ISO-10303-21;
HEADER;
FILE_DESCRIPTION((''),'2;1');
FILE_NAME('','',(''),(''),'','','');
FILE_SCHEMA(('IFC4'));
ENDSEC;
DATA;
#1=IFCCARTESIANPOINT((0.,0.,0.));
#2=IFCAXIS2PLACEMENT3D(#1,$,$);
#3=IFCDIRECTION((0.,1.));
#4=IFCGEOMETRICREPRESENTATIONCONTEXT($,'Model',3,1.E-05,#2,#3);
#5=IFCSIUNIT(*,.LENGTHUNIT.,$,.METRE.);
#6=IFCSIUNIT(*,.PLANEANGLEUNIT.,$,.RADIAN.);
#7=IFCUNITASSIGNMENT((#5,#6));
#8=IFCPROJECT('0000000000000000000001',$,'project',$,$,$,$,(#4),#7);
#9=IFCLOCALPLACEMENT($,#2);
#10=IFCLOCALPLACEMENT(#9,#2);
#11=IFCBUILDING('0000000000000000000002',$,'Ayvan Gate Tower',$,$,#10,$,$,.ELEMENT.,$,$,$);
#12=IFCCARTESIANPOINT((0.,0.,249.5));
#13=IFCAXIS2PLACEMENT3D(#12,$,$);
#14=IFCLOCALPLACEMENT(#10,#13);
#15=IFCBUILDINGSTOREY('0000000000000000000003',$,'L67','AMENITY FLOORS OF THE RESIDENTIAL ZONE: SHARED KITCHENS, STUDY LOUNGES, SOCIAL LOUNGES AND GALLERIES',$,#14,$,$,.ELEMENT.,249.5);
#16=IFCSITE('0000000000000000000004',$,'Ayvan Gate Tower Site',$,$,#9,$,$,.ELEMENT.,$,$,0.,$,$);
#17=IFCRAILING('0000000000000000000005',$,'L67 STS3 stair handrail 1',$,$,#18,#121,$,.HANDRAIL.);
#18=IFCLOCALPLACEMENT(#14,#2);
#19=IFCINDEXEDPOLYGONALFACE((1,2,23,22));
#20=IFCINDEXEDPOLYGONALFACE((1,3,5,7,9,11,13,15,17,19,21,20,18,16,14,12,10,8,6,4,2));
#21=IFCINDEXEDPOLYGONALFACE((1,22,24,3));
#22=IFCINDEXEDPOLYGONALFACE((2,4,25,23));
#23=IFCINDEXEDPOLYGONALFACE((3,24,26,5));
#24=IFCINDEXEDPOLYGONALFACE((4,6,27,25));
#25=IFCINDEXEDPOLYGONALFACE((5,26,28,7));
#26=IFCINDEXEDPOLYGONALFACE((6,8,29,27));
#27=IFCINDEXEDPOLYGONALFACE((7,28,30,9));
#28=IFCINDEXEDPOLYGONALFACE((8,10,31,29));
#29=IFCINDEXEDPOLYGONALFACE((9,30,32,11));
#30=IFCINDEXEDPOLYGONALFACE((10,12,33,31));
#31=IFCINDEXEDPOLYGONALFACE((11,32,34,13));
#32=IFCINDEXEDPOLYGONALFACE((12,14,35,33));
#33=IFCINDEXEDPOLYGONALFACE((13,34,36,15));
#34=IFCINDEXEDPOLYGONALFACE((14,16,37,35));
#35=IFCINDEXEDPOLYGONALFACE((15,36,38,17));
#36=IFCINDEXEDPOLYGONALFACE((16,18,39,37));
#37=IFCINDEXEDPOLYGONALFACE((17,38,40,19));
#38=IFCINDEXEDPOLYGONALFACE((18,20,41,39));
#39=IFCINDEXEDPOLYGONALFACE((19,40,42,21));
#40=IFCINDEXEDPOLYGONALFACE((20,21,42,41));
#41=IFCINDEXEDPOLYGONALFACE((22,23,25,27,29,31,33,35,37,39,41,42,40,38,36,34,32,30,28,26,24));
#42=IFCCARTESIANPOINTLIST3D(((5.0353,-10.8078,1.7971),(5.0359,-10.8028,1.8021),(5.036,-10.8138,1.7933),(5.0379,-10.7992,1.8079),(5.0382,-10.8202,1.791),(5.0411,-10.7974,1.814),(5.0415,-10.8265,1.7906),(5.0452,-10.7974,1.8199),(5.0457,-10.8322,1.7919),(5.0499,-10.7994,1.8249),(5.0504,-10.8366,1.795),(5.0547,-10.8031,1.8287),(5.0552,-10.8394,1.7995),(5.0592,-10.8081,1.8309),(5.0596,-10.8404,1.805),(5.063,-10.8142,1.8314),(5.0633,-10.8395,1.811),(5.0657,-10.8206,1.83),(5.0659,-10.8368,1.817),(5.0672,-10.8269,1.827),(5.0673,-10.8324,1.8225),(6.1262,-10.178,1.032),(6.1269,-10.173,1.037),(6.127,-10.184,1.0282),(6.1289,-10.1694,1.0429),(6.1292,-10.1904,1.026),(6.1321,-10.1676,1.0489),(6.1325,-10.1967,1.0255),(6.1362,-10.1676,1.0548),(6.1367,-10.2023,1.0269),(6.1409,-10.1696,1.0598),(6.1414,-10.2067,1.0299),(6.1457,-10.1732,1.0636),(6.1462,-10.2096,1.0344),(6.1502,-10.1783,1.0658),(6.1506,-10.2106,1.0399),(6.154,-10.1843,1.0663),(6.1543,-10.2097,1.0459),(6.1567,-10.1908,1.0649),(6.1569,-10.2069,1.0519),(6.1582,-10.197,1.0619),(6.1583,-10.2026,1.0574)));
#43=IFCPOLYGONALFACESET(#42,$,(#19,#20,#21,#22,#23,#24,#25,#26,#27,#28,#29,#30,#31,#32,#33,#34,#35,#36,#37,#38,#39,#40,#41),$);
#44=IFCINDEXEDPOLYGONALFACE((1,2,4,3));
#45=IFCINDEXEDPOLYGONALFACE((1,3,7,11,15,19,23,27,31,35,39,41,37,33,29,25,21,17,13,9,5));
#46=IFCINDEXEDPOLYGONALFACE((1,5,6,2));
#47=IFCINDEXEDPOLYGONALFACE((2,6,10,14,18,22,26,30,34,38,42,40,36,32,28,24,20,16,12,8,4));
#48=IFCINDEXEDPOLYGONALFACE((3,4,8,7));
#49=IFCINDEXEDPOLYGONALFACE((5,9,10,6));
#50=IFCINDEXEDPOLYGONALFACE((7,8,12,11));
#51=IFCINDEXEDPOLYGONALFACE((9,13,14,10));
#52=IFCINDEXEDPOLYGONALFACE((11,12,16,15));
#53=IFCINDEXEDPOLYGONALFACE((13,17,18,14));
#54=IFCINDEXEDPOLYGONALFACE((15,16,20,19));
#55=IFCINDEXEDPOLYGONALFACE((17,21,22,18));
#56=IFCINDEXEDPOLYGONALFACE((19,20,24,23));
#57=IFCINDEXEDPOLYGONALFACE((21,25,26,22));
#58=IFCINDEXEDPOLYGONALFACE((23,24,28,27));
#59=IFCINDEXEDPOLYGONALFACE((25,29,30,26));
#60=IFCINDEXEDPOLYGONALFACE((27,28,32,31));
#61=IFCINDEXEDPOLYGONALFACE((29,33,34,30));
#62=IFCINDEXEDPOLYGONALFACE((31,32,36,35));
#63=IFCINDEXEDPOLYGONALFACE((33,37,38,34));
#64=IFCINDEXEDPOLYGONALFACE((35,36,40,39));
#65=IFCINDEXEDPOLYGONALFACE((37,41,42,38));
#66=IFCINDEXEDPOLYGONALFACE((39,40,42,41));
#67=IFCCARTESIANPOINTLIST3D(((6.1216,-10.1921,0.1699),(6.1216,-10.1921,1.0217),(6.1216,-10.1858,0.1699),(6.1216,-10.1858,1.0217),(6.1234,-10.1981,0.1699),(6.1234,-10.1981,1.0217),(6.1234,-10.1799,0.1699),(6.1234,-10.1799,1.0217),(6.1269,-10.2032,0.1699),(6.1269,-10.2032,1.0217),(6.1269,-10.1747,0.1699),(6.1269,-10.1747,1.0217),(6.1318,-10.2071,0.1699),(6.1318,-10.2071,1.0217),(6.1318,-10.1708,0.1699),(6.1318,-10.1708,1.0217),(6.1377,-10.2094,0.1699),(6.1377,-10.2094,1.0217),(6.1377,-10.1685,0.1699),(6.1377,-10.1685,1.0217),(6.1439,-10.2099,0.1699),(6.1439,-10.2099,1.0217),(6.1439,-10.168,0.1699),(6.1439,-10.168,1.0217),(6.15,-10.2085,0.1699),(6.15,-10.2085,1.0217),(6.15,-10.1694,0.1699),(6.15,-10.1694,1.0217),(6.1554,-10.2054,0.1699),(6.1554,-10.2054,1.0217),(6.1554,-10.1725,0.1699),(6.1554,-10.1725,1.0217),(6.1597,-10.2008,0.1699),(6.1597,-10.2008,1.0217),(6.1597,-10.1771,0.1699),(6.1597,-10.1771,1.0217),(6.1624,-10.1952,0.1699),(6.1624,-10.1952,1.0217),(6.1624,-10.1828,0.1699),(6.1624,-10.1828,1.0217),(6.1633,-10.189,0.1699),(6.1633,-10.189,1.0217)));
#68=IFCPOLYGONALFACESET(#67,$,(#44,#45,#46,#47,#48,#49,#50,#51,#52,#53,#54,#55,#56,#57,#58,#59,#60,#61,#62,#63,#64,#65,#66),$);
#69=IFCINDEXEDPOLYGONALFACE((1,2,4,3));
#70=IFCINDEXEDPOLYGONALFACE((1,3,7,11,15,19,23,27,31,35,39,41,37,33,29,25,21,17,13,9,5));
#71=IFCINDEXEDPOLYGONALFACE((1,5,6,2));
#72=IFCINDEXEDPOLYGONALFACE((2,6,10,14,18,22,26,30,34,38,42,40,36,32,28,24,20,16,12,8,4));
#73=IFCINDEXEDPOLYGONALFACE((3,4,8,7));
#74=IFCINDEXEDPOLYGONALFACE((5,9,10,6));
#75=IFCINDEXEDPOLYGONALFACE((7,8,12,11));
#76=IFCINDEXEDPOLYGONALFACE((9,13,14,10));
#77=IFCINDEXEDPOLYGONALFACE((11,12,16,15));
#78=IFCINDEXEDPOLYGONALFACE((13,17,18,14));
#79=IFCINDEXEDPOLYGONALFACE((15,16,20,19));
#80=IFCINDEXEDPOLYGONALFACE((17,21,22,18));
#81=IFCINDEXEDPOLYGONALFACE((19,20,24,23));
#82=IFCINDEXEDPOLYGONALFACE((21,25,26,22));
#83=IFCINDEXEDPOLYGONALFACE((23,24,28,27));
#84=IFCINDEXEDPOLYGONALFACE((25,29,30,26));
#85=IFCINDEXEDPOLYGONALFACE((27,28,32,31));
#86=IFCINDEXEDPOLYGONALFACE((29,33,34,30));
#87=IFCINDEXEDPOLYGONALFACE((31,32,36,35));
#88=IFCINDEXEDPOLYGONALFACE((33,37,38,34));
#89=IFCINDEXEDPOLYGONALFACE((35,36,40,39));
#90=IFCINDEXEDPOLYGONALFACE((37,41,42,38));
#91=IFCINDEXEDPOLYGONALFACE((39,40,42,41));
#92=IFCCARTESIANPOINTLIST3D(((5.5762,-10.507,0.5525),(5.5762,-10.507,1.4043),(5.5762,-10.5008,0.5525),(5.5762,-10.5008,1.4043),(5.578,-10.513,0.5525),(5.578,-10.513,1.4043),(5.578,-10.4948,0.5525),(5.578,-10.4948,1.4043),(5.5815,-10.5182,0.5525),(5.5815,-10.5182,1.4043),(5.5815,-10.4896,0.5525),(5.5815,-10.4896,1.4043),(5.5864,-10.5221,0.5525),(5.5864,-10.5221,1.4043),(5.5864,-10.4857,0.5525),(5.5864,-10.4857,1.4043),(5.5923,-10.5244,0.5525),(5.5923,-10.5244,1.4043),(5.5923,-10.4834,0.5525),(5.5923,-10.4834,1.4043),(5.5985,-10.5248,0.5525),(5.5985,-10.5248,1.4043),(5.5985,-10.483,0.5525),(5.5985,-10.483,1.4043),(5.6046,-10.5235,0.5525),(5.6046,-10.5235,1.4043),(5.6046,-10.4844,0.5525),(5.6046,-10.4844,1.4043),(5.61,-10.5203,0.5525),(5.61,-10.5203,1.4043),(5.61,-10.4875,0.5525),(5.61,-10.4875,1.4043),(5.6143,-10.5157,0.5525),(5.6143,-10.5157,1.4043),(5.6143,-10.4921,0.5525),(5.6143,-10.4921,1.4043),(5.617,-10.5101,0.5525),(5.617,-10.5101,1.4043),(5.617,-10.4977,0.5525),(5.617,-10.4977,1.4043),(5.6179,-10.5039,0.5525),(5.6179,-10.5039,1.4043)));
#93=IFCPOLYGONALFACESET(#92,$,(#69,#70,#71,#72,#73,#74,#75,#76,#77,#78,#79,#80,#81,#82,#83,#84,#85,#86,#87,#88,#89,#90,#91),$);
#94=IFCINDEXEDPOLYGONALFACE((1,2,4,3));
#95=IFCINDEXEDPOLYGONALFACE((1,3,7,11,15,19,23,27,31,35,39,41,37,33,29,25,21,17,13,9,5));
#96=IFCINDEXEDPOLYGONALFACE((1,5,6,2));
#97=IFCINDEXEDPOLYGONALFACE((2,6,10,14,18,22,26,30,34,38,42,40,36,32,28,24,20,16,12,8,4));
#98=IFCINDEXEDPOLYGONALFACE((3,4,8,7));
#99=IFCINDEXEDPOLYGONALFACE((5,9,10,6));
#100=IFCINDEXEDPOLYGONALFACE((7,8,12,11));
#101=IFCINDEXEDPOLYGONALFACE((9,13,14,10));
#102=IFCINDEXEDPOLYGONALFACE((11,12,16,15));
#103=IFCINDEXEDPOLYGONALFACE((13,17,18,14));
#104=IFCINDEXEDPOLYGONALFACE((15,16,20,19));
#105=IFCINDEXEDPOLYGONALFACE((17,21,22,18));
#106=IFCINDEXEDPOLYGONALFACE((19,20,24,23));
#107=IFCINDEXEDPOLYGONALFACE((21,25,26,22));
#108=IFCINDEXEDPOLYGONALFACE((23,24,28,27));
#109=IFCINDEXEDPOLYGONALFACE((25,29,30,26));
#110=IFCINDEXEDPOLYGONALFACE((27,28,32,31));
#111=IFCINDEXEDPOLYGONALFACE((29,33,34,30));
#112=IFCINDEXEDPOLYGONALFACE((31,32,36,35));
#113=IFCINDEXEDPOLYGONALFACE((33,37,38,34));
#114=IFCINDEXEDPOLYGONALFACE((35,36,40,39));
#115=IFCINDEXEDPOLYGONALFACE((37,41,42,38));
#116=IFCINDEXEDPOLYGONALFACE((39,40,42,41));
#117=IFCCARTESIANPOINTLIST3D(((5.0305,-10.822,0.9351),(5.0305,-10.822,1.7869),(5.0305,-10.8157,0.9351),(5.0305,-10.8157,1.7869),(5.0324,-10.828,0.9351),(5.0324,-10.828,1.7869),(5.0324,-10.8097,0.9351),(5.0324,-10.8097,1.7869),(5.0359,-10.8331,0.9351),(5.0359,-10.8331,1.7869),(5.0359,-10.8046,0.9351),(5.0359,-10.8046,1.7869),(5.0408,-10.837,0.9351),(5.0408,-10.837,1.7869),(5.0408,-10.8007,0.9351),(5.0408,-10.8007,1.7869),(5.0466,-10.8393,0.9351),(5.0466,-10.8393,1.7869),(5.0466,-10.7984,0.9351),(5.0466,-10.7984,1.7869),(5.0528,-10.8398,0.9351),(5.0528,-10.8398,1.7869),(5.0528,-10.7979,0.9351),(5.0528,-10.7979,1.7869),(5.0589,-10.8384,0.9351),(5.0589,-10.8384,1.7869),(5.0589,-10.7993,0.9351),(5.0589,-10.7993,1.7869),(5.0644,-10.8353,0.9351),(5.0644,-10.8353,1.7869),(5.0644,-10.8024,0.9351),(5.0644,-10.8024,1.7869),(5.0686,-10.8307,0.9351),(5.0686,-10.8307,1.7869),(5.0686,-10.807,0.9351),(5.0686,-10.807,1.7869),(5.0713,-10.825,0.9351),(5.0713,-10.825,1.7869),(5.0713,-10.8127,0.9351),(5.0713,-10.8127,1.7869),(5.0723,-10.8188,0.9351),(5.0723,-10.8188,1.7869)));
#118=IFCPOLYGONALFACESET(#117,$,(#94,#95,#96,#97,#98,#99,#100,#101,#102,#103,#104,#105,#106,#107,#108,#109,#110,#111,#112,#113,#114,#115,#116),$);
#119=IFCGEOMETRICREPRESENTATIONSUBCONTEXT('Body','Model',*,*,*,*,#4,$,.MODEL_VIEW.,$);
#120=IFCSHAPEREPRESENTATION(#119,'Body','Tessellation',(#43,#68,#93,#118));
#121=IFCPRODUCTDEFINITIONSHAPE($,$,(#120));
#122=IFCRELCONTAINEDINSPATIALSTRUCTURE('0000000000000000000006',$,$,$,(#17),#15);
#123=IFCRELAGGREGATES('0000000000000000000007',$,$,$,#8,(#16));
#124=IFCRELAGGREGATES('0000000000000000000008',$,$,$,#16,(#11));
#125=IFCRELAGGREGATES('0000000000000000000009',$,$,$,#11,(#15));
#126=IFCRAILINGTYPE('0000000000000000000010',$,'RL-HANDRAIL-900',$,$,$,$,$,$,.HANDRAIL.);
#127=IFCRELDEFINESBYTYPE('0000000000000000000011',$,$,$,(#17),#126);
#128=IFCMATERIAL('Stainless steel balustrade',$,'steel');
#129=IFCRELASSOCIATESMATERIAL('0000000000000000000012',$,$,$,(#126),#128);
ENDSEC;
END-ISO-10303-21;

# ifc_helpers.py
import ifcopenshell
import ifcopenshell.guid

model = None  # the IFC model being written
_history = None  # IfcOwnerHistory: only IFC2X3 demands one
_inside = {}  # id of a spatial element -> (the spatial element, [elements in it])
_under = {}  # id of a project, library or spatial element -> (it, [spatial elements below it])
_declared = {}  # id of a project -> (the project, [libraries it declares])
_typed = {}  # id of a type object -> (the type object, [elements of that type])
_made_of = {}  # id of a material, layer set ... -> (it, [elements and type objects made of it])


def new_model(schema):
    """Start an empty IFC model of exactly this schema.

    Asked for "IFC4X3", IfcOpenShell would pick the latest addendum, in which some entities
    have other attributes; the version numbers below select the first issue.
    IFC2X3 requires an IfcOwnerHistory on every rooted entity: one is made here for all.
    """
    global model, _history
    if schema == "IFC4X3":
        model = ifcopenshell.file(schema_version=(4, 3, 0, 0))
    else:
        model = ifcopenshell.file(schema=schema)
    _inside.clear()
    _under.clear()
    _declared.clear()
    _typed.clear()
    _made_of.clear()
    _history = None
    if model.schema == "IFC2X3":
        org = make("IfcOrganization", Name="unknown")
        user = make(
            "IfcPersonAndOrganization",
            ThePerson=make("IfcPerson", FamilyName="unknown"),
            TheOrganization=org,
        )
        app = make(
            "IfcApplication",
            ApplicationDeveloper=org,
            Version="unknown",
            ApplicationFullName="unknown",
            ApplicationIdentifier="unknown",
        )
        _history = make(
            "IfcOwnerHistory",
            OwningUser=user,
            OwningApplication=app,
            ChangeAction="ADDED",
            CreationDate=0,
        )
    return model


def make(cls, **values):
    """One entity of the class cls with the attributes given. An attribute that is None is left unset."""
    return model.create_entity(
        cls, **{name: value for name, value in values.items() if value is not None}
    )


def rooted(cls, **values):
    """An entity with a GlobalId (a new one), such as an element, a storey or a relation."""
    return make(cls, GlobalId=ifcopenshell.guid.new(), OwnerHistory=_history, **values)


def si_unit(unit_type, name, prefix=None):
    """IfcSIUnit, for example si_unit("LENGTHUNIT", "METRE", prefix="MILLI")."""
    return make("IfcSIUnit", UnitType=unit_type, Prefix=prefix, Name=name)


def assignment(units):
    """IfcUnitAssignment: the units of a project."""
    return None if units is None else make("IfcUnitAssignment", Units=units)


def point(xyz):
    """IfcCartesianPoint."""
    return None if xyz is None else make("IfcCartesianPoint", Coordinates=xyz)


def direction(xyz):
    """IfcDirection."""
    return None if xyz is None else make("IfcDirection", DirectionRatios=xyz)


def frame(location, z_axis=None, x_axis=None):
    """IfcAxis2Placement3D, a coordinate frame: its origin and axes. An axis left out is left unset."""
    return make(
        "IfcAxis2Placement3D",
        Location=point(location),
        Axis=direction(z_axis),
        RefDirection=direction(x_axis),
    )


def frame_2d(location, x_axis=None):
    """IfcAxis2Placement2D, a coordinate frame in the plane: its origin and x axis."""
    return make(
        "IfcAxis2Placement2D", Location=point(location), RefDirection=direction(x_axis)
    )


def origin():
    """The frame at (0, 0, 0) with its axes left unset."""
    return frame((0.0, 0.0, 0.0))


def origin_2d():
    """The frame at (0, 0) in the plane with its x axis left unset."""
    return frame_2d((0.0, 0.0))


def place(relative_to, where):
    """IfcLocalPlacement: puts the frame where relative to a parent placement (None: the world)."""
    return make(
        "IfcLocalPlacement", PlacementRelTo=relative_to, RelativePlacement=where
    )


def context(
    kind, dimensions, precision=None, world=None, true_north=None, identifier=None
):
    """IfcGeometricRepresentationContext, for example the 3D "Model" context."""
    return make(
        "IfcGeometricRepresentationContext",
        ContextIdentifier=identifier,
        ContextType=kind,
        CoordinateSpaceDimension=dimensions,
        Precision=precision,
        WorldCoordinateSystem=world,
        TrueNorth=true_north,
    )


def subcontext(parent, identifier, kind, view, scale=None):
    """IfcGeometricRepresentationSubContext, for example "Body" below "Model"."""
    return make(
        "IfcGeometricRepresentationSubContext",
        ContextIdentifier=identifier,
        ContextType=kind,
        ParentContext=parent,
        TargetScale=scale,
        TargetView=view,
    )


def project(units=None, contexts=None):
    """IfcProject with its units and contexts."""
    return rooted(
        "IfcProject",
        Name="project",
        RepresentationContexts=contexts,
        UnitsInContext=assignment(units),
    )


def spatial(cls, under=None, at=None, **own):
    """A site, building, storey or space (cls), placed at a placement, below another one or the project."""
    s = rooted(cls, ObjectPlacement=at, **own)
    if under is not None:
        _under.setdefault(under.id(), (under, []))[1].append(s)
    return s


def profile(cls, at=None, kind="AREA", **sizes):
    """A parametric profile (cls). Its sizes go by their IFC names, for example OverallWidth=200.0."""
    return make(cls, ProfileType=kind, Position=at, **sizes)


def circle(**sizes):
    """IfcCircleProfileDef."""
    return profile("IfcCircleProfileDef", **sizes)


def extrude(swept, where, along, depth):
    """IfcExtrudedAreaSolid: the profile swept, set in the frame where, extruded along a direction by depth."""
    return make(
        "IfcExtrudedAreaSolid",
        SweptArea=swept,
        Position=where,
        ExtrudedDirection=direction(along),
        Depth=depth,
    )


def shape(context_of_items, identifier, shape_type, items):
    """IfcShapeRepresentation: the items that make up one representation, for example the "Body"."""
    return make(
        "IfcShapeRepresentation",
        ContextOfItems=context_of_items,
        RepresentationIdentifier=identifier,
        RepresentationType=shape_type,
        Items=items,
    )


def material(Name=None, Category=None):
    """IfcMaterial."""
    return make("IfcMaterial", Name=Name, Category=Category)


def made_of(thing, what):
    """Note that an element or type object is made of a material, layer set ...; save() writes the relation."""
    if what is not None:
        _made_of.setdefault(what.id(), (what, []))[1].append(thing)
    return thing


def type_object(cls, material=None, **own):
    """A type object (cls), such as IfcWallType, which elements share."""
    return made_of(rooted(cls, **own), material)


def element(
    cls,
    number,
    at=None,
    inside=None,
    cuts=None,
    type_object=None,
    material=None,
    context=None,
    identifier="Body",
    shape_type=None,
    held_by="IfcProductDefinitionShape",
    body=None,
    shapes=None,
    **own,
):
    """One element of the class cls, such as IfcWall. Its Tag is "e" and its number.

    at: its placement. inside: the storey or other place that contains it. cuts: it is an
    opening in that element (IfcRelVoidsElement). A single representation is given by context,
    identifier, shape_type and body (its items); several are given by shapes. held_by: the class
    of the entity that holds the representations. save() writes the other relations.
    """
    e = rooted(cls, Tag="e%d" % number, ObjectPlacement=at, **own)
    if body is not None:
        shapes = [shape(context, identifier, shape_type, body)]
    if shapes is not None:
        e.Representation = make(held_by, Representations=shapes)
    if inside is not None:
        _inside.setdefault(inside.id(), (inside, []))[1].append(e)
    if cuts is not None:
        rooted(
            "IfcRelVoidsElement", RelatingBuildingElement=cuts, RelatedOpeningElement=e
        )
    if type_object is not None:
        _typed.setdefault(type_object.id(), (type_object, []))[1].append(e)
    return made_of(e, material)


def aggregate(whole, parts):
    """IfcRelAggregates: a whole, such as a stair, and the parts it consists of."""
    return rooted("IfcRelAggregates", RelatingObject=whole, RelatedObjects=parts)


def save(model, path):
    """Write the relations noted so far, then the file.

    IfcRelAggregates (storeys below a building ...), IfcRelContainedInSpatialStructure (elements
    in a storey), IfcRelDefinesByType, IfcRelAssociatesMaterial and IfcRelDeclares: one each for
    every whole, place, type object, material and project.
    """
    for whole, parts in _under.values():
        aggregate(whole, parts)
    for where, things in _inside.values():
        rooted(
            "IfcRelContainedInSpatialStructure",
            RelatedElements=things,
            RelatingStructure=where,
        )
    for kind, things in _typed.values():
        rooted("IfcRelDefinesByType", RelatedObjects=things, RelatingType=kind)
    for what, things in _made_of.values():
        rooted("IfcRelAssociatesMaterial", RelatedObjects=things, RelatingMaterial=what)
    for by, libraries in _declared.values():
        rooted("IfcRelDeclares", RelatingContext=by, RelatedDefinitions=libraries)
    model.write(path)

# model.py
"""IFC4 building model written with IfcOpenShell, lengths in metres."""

from ifc_helpers import new_model, si_unit, direction, frame, origin, origin_2d, place, context, subcontext, project, spatial, circle, extrude, material, type_object, element, save


model = new_model("IFC4")

# Units and contexts
model_context = context("Model", 3, precision=1e-05, world=origin(), true_north=direction((0.0, 1.0)))
body_context = subcontext(model_context, "Body", "Model", "MODEL_VIEW")
ifc_project = project(units=[si_unit("LENGTHUNIT", "METRE"), si_unit("PLANEANGLEUNIT", "RADIAN")], contexts=[model_context])

# Site, building, storey
site_placement = place(None, origin())
site = spatial("IfcSite", under=ifc_project, at=site_placement, Name="Ayvan Gate Tower Site", CompositionType="ELEMENT", RefElevation=0.0)
building_placement = place(site_placement, origin())
building = spatial("IfcBuilding", under=site, at=building_placement, Name="Ayvan Gate Tower", CompositionType="ELEMENT")
storey_placement = place(building_placement, frame((0.0, 0.0, 249.5)))
storey = spatial("IfcBuildingStorey", under=building, at=storey_placement, Name="L67", Description="AMENITY FLOORS OF THE RESIDENTIAL ZONE: SHARED KITCHENS, STUDY LOUNGES, SOCIAL LOUNGES AND GALLERIES", CompositionType="ELEMENT", Elevation=249.5)

# Railing
ifc_material_1 = material(Name="Stainless steel balustrade", Category="steel")
railing_type = type_object("IfcRailingType", Name="RL-HANDRAIL-900", PredefinedType="HANDRAIL", material=ifc_material_1)
railing_1_placement = place(storey_placement, frame((6.1423, -10.189, 0.1699)))
element("IfcRailing", 1, at=railing_1_placement, inside=storey, type_object=railing_type, Name="L67 STS3 stair handrail 1", PredefinedType="HANDRAIL", context=body_context, shape_type="SweptSolid", body=[
    extrude(circle(Radius=0.0239, at=origin_2d()), frame((0.0, 0.0, 0.876), z_axis=(-0.740218, -0.427336, 0.519097), x_axis=(0.499974, -0.86604, 0.0)), (0.0, 0.0, 1.0), 1.4739),
    extrude(circle(Radius=0.021, at=origin_2d()), origin(), (0.0, 0.0, 1.0), 0.8518),
    extrude(circle(Radius=0.021, at=origin_2d()), frame((-0.5454, -0.3149, 0.3826)), (0.0, 0.0, 1.0), 0.8518),
    extrude(circle(Radius=0.021, at=origin_2d()), frame((-1.0911, -0.6299, 0.7651)), (0.0, 0.0, 1.0), 0.8518),
])

save(model, "model.ifc")
